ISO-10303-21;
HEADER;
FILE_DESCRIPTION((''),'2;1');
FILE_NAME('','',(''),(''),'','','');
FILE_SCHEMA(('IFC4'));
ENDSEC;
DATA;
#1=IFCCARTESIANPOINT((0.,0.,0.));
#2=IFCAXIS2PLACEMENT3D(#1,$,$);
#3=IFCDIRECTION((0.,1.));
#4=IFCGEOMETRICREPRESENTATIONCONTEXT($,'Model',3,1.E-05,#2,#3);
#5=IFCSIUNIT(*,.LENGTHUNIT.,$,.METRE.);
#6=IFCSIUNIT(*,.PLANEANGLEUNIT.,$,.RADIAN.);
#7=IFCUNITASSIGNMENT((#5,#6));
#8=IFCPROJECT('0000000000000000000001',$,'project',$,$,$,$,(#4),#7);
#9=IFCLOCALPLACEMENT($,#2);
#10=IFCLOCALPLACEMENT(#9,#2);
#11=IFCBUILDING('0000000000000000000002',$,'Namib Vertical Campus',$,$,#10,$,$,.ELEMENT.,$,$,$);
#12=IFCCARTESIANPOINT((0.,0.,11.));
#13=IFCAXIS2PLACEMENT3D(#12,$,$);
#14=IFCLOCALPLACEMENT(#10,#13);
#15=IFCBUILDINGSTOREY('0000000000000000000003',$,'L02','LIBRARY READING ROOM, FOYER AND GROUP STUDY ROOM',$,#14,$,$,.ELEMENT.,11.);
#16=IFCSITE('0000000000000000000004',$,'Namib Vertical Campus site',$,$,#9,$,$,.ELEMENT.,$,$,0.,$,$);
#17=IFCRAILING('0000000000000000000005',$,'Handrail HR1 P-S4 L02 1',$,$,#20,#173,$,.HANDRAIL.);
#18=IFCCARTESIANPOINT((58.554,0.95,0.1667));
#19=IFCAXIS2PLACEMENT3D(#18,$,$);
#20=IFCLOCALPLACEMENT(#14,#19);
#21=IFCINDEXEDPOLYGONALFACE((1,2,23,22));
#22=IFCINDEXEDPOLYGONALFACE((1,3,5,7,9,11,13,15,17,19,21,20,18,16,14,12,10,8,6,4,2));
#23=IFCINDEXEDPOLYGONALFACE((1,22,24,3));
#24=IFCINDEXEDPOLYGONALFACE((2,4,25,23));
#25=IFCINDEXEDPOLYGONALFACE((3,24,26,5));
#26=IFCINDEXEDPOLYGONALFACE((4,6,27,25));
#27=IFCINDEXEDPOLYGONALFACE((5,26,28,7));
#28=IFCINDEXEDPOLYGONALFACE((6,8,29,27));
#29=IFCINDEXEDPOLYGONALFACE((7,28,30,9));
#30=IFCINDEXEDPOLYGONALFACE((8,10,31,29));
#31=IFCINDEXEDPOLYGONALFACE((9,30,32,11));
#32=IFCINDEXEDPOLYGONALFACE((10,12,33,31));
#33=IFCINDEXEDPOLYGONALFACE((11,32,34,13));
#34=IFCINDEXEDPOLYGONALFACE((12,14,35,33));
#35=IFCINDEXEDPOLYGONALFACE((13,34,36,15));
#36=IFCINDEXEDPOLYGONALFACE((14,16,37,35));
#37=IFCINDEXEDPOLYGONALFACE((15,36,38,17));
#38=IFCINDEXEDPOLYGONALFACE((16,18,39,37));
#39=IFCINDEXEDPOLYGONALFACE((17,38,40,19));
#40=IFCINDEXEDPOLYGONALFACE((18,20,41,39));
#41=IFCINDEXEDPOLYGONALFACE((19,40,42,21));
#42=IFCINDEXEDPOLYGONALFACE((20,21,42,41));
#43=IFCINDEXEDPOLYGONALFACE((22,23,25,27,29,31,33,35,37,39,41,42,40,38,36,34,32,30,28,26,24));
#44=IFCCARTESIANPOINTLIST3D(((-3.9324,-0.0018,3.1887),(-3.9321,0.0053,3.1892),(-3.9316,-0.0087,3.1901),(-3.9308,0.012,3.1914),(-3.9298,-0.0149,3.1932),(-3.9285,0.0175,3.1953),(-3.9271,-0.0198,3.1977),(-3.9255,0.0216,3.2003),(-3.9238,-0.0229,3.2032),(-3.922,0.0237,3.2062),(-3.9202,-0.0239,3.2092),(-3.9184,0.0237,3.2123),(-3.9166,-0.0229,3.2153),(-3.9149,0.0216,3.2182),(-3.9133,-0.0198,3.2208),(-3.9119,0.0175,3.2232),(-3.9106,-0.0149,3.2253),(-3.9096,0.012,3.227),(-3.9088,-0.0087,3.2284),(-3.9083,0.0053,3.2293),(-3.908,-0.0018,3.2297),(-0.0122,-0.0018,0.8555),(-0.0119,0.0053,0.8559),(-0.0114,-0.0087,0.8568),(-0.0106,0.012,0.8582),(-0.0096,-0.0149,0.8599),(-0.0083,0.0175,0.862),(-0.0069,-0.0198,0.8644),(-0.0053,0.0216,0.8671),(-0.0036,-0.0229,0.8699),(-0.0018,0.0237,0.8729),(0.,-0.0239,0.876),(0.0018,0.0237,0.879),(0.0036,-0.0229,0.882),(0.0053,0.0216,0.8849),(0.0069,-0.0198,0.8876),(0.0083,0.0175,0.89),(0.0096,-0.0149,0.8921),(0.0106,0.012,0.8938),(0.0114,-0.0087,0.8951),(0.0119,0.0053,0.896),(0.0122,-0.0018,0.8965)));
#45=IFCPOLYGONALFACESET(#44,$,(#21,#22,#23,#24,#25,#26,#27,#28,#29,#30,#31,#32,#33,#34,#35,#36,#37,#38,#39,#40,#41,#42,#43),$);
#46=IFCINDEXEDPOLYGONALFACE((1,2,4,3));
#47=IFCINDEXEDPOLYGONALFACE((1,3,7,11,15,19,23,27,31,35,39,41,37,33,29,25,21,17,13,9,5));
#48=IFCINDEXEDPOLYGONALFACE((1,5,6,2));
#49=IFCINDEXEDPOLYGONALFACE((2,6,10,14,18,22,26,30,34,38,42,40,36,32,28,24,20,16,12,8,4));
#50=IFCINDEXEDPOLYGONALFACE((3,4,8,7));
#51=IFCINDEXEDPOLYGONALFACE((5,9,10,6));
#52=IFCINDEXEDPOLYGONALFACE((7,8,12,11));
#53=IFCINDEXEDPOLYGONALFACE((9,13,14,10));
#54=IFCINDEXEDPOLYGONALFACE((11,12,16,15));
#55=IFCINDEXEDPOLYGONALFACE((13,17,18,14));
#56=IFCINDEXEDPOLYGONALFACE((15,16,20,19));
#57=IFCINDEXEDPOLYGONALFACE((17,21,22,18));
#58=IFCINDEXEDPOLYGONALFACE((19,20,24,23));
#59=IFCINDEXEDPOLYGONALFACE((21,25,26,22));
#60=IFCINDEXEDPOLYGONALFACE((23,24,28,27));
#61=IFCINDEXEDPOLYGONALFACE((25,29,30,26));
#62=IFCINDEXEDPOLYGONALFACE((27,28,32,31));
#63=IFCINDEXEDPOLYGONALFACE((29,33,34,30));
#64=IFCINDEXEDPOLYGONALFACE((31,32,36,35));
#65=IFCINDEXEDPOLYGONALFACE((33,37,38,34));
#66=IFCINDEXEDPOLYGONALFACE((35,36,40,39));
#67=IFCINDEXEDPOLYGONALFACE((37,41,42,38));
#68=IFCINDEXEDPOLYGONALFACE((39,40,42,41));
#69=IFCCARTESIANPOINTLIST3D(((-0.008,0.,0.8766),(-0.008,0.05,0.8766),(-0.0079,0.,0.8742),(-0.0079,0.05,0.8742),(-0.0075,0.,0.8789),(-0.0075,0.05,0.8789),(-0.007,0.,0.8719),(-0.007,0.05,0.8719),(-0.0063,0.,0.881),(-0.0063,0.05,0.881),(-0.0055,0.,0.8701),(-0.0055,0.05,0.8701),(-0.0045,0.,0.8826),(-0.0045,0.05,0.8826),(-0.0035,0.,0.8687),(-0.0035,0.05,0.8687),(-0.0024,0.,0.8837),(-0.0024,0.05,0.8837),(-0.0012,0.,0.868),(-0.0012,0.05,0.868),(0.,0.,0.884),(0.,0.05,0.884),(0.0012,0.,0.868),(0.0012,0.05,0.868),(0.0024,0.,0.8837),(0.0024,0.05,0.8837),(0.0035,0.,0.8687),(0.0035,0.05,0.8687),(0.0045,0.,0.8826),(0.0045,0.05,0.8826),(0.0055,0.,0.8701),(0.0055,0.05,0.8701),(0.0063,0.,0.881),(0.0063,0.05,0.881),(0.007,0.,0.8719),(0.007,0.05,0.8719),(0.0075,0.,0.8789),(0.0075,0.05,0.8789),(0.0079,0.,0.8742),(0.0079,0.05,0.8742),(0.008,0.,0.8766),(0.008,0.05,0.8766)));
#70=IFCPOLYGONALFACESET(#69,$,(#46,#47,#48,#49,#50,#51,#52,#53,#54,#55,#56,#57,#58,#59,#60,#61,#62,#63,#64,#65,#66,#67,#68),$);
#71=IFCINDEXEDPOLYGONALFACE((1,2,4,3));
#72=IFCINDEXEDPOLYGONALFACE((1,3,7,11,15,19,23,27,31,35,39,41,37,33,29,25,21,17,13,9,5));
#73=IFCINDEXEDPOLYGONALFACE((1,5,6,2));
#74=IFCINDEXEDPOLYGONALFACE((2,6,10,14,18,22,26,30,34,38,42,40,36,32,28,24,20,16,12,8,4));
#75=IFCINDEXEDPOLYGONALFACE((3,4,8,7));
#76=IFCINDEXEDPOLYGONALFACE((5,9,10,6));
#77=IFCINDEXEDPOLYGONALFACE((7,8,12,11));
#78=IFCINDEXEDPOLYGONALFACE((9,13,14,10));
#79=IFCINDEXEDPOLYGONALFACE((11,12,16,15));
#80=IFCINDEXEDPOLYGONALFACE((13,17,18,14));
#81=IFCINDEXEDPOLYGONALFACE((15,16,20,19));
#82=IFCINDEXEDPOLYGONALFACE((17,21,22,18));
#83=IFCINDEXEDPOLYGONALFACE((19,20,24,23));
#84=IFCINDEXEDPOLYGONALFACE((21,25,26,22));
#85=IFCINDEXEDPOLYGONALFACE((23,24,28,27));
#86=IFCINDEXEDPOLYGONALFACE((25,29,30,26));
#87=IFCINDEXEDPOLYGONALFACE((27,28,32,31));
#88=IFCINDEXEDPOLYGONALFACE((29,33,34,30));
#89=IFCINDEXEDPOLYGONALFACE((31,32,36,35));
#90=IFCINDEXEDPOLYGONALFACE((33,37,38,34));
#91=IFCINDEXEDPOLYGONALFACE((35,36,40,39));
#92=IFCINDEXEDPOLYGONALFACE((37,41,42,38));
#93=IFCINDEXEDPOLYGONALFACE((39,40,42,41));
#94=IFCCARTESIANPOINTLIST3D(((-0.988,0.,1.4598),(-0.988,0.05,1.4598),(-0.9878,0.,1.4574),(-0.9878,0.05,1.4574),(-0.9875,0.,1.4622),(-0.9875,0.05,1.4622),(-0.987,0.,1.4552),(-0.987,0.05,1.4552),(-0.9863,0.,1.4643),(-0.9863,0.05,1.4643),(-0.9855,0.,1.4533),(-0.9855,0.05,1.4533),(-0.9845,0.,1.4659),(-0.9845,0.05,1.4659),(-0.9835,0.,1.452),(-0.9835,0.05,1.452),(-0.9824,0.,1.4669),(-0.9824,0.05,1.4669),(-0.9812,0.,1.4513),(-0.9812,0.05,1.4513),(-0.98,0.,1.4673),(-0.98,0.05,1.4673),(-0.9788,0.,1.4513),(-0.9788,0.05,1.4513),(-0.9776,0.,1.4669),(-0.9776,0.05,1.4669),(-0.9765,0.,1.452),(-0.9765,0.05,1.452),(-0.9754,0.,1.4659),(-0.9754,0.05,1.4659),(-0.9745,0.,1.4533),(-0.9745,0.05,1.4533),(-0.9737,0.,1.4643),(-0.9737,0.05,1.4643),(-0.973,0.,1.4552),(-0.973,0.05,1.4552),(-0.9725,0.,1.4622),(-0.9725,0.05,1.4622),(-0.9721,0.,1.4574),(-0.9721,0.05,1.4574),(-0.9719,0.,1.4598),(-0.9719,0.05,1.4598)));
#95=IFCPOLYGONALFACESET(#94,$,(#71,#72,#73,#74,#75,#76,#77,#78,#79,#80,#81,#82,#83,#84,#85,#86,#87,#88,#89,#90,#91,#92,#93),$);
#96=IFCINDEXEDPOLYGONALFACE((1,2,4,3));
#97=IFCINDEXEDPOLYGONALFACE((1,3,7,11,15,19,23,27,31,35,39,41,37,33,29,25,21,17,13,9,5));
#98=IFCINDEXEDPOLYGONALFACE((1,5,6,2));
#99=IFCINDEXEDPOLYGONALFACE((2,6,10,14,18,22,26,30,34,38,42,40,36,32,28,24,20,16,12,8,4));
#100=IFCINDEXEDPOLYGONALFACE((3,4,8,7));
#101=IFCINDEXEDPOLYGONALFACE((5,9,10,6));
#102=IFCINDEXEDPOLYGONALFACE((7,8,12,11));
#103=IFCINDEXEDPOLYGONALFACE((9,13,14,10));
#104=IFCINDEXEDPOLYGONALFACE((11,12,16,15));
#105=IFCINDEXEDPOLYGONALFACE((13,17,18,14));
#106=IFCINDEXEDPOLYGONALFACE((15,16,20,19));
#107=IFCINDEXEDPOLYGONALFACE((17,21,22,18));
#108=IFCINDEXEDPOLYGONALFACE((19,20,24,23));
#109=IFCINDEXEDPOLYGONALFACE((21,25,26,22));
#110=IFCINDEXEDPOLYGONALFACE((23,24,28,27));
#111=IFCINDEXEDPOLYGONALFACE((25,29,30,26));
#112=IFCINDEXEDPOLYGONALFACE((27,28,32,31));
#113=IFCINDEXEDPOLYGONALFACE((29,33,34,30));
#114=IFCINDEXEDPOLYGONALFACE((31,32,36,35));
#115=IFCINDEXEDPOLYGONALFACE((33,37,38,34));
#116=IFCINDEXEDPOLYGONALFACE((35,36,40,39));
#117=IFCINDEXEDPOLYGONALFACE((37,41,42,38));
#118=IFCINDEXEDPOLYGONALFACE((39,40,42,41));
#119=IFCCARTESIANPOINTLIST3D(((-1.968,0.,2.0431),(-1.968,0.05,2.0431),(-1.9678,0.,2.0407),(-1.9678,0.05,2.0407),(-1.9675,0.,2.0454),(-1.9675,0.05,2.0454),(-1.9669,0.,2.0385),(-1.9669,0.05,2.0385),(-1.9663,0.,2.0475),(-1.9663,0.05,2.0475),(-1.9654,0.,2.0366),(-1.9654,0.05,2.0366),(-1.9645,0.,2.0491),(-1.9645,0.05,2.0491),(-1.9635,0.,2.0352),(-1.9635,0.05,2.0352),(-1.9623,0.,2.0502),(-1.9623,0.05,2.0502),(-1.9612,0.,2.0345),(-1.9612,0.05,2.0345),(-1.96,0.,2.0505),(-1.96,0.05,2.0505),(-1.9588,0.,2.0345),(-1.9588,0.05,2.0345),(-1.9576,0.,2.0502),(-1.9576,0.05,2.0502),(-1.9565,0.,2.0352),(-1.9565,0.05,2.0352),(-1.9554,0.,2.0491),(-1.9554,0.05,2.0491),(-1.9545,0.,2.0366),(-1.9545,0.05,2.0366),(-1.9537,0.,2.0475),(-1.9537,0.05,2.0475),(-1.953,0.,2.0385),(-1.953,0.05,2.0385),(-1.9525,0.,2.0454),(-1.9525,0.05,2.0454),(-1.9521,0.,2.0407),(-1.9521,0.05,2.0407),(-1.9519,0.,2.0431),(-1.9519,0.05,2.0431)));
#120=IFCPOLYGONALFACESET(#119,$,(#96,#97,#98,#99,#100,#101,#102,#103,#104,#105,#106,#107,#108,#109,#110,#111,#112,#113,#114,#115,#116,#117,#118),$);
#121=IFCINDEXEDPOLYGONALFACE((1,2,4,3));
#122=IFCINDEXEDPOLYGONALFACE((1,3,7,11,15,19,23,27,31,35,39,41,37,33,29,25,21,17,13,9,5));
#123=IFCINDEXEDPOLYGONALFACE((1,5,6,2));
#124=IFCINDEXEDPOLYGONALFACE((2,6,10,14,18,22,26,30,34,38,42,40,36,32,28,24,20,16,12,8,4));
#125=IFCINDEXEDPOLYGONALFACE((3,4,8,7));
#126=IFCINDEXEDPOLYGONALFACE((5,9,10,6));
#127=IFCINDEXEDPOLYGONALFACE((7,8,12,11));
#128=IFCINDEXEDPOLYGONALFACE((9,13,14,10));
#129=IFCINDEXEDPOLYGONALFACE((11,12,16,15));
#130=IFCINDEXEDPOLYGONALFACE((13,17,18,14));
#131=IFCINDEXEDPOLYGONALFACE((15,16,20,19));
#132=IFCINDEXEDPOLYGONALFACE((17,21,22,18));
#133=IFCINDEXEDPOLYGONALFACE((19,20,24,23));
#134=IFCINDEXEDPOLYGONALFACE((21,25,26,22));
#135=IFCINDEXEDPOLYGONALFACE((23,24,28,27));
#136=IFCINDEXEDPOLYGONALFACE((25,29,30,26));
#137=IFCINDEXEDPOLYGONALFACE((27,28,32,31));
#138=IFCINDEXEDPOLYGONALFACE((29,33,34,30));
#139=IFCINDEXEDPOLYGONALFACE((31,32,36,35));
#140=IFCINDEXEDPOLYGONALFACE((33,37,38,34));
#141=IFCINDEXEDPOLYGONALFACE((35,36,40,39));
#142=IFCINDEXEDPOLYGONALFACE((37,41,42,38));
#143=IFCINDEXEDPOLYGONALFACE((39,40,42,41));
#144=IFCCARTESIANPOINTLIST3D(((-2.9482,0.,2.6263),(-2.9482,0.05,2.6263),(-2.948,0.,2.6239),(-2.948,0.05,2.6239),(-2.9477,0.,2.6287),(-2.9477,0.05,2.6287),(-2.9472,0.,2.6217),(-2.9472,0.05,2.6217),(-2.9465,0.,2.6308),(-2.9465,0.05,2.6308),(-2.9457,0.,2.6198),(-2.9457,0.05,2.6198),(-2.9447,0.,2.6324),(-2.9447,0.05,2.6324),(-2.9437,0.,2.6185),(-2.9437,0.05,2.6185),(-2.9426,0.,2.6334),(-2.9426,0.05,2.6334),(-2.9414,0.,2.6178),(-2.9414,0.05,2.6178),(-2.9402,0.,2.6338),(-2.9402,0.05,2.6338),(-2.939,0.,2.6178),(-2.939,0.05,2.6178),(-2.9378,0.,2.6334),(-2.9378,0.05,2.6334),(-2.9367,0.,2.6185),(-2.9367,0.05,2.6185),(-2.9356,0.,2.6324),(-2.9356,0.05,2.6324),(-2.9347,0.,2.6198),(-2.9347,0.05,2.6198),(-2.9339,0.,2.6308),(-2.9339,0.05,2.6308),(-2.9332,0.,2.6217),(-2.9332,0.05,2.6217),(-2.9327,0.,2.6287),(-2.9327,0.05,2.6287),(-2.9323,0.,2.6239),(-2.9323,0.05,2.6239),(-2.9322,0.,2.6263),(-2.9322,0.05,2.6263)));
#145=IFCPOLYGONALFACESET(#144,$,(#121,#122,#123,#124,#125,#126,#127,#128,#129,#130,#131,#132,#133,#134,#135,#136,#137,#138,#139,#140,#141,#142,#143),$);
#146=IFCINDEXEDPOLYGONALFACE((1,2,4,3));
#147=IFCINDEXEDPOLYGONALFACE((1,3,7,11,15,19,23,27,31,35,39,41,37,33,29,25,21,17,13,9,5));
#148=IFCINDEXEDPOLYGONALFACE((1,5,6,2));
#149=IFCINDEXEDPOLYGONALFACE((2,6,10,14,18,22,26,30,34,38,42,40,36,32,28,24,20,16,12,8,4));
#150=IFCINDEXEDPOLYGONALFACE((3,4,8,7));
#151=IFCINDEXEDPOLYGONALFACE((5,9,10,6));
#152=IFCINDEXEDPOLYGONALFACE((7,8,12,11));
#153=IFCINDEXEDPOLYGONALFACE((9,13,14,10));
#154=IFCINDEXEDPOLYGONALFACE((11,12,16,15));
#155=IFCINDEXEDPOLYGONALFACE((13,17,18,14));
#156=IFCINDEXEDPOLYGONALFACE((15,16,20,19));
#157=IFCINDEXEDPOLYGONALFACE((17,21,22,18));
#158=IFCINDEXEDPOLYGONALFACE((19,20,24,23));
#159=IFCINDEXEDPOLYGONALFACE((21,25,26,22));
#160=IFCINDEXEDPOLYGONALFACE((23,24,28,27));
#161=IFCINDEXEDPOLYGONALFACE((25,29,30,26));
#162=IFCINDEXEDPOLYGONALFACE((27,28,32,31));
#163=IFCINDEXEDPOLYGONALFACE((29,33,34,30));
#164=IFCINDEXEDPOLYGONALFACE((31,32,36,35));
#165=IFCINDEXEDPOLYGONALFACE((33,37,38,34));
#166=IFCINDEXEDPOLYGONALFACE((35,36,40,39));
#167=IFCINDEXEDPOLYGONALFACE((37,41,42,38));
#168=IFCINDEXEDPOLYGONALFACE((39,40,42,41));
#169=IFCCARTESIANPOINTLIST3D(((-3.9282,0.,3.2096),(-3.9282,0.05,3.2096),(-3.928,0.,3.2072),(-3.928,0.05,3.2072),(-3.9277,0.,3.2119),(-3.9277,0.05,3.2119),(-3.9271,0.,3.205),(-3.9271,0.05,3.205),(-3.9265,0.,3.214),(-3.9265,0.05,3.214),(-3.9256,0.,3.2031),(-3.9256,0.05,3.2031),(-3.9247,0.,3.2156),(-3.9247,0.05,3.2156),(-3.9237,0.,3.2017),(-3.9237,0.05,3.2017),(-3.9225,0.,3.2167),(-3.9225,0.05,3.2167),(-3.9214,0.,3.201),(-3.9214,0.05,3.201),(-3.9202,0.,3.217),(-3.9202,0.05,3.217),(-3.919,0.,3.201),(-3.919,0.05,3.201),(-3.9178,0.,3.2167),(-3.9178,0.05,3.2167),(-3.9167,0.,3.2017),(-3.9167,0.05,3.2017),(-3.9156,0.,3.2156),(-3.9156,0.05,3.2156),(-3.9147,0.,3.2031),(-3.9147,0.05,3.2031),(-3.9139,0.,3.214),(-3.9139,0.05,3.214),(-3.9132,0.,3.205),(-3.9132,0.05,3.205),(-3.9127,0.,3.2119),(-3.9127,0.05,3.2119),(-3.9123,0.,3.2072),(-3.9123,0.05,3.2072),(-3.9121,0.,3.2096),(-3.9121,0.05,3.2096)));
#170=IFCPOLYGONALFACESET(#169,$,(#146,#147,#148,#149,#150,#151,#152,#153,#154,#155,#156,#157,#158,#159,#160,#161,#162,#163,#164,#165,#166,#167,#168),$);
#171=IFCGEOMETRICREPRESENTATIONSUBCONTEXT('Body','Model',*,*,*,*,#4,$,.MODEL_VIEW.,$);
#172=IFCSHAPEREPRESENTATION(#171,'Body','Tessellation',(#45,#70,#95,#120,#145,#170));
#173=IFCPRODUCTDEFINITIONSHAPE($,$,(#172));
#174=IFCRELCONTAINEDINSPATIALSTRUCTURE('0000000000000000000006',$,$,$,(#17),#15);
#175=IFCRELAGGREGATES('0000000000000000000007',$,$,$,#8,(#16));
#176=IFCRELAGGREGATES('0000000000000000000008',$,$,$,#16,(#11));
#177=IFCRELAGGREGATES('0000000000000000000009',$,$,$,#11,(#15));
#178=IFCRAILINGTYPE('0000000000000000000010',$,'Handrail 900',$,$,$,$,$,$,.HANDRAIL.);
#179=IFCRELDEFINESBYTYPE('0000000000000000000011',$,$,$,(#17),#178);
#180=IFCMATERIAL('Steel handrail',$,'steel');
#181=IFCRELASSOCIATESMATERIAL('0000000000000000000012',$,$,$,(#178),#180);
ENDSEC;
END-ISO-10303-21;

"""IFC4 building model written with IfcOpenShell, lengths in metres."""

from ifc_helpers import new_model, si_unit, direction, frame, origin, origin_2d, place, context, subcontext, project, spatial, circle, extrude, material, type_object, element, save


model = new_model("IFC4")

# Units and contexts
model_context = context("Model", 3, precision=1e-05, world=origin(), true_north=direction((0.0, 1.0)))
body_context = subcontext(model_context, "Body", "Model", "MODEL_VIEW")
ifc_project = project(units=[si_unit("LENGTHUNIT", "METRE"), si_unit("PLANEANGLEUNIT", "RADIAN")], contexts=[model_context])

# Site, building, storey
site_placement = place(None, origin())
site = spatial("IfcSite", under=ifc_project, at=site_placement, Name="Namib Vertical Campus site", CompositionType="ELEMENT", RefElevation=0.0)
building_placement = place(site_placement, origin())
building = spatial("IfcBuilding", under=site, at=building_placement, Name="Namib Vertical Campus", CompositionType="ELEMENT")
storey_placement = place(building_placement, frame((0.0, 0.0, 11.0)))
storey = spatial("IfcBuildingStorey", under=building, at=storey_placement, Name="L02", Description="LIBRARY READING ROOM, FOYER AND GROUP STUDY ROOM", CompositionType="ELEMENT", Elevation=11.0)

# Railing
ifc_material_1 = material(Name="Steel handrail", Category="steel")
railing_type_1 = type_object("IfcRailingType", Name="Handrail 900", PredefinedType="HANDRAIL", material=ifc_material_1)
railing_1_placement = place(storey_placement, frame((58.554, 0.95, 0.1667)))
element("IfcRailing", 1, at=railing_1_placement, inside=storey, type_object=railing_type_1, Name="Handrail HR1 P-S4 L02 1", PredefinedType="HANDRAIL", context=body_context, shape_type="SweptSolid", body=[
    extrude(circle(Radius=0.0239, at=origin_2d()), frame((0.0, 0.0, 0.876), z_axis=(-0.85931, 0.0, 0.511455), x_axis=(0.0, -1.0, 0.0)), (0.0, 0.0, 1.0), 4.562),
    extrude(circle(Radius=0.0081, at=origin_2d()), frame((0.0, 0.0, 0.876), z_axis=(0.0, 1.0, 0.0), x_axis=(0.0, 0.0, 1.0)), (0.0, 0.0, 1.0), 0.05),
    extrude(circle(Radius=0.0081, at=origin_2d()), frame((-0.98, 0.0, 1.4592), z_axis=(0.0, 1.0, 0.0), x_axis=(0.0, 0.0, 1.0)), (0.0, 0.0, 1.0), 0.05),
    extrude(circle(Radius=0.0081, at=origin_2d()), frame((-1.96, 0.0, 2.0425), z_axis=(0.0, 1.0, 0.0), x_axis=(0.0, 0.0, 1.0)), (0.0, 0.0, 1.0), 0.05),
    extrude(circle(Radius=0.0081, at=origin_2d()), frame((-2.9402, 0.0, 2.6257), z_axis=(0.0, 1.0, 0.0), x_axis=(0.0, 0.0, 1.0)), (0.0, 0.0, 1.0), 0.05),
    extrude(circle(Radius=0.0081, at=origin_2d()), frame((-3.9202, 0.0, 3.209), z_axis=(0.0, 1.0, 0.0), x_axis=(0.0, 0.0, 1.0)), (0.0, 0.0, 1.0), 0.05),
])

save(model, "model.ifc")
